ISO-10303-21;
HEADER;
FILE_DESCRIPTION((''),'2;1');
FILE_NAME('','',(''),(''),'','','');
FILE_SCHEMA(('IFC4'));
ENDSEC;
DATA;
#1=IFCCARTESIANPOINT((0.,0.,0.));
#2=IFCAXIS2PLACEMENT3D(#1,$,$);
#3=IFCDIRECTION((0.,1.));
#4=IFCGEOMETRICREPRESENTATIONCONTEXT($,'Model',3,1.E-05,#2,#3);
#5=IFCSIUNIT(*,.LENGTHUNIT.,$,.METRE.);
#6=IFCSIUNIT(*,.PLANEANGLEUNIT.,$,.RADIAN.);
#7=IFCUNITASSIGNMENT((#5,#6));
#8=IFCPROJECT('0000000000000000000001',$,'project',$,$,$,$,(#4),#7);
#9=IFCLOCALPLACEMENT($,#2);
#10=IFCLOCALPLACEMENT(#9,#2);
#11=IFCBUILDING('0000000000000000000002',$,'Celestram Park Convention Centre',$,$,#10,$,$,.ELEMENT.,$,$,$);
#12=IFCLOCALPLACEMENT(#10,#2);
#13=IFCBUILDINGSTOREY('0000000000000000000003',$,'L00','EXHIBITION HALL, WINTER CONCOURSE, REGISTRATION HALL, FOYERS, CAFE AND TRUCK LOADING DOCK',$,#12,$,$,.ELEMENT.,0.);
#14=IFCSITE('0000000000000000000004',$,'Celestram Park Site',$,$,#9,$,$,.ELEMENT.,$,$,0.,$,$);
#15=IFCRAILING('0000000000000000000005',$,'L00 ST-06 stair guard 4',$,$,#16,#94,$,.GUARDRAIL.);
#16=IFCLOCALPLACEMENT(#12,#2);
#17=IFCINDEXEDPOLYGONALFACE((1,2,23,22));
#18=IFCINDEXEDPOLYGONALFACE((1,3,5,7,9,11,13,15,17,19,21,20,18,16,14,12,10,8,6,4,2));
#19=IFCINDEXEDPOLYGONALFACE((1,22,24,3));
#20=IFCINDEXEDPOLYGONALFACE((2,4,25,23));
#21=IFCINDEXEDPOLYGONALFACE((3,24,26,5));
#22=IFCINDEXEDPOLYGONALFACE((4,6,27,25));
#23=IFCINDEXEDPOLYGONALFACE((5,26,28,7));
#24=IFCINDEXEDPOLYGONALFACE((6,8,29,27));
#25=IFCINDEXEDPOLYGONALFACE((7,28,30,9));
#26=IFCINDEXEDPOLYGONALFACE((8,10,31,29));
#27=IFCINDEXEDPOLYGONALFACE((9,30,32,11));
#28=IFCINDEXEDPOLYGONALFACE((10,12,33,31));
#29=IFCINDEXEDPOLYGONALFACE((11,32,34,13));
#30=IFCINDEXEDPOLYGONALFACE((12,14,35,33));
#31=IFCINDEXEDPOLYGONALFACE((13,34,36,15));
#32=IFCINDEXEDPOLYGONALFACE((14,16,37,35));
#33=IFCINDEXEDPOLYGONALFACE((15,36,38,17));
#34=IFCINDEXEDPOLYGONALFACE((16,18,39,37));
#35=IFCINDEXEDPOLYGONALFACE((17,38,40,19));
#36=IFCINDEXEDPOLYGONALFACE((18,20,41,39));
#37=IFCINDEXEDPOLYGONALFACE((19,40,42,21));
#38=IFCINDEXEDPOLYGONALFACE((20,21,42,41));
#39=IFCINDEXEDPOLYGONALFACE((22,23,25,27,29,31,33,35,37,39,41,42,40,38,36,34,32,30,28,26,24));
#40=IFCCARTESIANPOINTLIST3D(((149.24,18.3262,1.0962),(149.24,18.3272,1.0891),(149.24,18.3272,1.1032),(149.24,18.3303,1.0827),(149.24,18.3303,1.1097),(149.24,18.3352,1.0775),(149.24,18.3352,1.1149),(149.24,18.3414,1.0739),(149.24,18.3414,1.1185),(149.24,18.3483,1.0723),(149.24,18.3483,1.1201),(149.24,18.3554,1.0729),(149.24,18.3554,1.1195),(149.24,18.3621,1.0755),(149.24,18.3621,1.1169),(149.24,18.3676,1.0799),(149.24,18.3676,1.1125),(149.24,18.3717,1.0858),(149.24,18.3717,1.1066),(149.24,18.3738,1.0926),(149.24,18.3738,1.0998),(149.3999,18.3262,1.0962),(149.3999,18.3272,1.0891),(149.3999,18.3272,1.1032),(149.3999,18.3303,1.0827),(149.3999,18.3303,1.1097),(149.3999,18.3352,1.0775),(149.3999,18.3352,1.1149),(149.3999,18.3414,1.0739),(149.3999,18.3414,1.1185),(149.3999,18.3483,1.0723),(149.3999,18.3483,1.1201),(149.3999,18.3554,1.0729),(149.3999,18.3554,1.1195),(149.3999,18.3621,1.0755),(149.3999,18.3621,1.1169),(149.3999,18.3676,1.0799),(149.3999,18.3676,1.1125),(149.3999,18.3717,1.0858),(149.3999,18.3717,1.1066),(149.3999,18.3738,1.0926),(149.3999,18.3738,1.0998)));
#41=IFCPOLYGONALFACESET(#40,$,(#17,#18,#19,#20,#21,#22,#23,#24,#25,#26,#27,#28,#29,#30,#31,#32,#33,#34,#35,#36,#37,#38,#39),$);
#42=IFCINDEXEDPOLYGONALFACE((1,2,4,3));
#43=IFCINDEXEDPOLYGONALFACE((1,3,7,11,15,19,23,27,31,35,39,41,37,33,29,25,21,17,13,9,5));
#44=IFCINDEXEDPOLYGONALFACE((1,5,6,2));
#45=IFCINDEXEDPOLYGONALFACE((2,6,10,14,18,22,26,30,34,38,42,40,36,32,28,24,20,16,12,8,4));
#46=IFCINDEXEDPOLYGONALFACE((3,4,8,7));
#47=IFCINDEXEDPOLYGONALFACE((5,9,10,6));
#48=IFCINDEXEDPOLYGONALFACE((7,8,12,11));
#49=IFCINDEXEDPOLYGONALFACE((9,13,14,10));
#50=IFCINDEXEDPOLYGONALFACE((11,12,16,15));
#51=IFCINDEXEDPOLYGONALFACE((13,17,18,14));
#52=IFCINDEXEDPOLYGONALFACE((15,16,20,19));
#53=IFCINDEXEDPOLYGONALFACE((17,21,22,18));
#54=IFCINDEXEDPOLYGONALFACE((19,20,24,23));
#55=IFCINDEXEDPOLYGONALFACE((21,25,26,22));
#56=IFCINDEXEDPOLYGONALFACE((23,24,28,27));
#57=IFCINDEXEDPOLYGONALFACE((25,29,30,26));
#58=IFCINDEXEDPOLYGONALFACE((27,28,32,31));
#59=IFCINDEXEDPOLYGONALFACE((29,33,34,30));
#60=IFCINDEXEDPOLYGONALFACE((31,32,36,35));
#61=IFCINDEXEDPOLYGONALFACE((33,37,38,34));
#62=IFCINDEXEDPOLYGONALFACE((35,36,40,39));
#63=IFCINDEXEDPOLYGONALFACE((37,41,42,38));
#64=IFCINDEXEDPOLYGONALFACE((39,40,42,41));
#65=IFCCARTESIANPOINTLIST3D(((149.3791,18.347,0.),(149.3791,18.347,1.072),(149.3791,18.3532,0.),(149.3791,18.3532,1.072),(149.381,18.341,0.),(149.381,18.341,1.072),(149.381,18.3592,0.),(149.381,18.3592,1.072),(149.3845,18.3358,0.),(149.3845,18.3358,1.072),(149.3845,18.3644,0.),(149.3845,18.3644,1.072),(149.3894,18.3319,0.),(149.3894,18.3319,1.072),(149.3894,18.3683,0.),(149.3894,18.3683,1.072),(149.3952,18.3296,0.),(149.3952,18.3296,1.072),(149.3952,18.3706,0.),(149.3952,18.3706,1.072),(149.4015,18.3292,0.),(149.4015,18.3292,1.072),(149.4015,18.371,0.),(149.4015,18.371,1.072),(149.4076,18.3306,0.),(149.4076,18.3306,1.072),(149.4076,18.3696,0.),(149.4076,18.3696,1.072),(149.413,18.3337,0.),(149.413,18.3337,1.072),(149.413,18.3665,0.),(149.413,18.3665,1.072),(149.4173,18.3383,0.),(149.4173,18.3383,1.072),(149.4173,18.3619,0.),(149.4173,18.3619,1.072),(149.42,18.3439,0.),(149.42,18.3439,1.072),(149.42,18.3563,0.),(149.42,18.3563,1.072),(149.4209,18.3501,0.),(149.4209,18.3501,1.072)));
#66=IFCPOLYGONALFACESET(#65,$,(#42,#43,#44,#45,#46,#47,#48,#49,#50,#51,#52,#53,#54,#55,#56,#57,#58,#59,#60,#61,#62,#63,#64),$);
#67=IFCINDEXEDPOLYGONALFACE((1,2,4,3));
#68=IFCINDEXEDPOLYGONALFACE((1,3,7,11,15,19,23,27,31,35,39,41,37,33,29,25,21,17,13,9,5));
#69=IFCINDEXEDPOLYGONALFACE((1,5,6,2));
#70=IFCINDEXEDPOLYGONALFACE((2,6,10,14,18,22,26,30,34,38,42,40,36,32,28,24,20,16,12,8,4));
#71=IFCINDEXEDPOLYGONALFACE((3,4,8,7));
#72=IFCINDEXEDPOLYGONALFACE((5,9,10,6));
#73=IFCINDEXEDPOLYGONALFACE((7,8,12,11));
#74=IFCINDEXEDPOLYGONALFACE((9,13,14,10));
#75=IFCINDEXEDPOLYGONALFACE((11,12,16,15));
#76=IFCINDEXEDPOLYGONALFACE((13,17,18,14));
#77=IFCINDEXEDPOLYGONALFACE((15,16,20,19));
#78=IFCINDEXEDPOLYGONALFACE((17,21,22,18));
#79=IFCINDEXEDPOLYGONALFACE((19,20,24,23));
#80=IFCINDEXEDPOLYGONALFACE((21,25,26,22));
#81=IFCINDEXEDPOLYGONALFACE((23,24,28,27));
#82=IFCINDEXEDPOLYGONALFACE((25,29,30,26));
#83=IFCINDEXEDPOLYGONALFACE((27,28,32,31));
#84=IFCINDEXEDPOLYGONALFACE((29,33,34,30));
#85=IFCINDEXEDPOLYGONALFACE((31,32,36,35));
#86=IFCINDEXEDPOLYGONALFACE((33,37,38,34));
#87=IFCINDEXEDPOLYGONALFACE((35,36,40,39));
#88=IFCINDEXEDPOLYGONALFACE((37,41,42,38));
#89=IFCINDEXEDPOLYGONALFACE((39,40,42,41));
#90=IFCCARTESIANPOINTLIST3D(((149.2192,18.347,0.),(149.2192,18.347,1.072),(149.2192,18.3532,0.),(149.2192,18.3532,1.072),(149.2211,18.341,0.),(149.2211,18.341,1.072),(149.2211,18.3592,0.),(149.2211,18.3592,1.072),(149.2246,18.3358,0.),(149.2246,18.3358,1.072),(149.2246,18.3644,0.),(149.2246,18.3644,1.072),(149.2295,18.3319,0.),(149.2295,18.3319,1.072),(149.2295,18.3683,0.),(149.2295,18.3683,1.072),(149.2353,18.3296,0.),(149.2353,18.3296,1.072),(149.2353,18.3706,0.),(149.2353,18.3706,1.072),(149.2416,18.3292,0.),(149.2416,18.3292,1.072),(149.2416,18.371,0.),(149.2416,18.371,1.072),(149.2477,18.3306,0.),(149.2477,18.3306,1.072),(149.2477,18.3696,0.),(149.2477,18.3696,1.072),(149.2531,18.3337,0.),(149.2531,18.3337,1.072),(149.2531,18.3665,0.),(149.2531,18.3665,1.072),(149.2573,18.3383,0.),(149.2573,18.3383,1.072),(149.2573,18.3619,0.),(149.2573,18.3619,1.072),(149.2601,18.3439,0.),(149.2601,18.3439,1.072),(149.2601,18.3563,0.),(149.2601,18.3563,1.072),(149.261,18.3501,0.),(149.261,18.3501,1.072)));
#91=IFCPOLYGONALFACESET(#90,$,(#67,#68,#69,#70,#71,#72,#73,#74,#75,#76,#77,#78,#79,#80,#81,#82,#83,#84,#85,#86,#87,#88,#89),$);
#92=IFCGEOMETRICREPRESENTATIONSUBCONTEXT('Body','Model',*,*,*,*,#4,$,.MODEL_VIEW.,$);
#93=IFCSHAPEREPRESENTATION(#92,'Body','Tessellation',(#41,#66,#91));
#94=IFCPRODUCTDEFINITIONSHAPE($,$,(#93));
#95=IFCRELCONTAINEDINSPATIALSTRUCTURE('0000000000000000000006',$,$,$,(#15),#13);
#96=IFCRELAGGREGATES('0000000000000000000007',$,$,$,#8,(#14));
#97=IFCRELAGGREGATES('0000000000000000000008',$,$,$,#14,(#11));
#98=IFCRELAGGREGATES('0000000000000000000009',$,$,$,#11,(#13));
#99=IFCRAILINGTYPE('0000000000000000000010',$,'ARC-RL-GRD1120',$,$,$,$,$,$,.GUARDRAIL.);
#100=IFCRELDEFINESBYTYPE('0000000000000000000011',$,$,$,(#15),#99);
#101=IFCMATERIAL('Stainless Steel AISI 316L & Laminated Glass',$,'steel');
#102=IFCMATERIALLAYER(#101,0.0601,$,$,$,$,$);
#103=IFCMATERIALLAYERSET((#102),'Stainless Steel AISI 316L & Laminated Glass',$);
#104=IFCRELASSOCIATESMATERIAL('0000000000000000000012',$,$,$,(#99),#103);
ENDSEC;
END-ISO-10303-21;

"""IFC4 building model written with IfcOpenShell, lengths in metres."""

from ifc_helpers import new_model, si_unit, direction, frame, origin, origin_2d, place, context, subcontext, project, spatial, circle, extrude, material, layer, layer_set, type_object, element, save


model = new_model("IFC4")

# Units and contexts
model_context = context("Model", 3, precision=1e-05, world=origin(), true_north=direction((0.0, 1.0)))
body_context = subcontext(model_context, "Body", "Model", "MODEL_VIEW")
ifc_project = project(units=[si_unit("LENGTHUNIT", "METRE"), si_unit("PLANEANGLEUNIT", "RADIAN")], contexts=[model_context])

# Site, building, storey
site_placement = place(None, origin())
site = spatial("IfcSite", under=ifc_project, at=site_placement, Name="Celestram Park Site", CompositionType="ELEMENT", RefElevation=0.0)
building_placement = place(site_placement, origin())
building = spatial("IfcBuilding", under=site, at=building_placement, Name="Celestram Park Convention Centre", CompositionType="ELEMENT")
storey_placement = place(building_placement, origin())
storey = spatial("IfcBuildingStorey", under=building, at=storey_placement, Name="L00", Description="EXHIBITION HALL, WINTER CONCOURSE, REGISTRATION HALL, FOYERS, CAFE AND TRUCK LOADING DOCK", CompositionType="ELEMENT", Elevation=0.0)

# Railing
ifc_material_1 = material(Name="Stainless Steel AISI 316L & Laminated Glass", Category="steel")
ifc_layer_1 = layer(ifc_material_1, 0.0601)
ifc_layer_set_1 = layer_set([ifc_layer_1], Name="Stainless Steel AISI 316L & Laminated Glass")
railing_type_1 = type_object("IfcRailingType", Name="ARC-RL-GRD1120", PredefinedType="GUARDRAIL", material=ifc_layer_set_1)
railing_1_placement = place(storey_placement, frame((149.3999, 18.3501, 0.0)))
element("IfcRailing", 1, at=railing_1_placement, inside=storey, type_object=railing_type_1, Name="L00 ST-06 stair guard 4", PredefinedType="GUARDRAIL", context=body_context, shape_type="SweptSolid", body=[
    extrude(circle(Radius=0.0239, at=origin_2d()), frame((0.0, 0.0, 1.0962), z_axis=(-1.0, 0.0, 0.0), x_axis=(0.0, -1.0, 0.0)), (0.0, 0.0, 1.0), 0.1599),
    extrude(circle(Radius=0.021, at=origin_2d()), origin(), (0.0, 0.0, 1.0), 1.072),
    extrude(circle(Radius=0.021, at=origin_2d()), frame((-0.1599, 0.0, 0.0)), (0.0, 0.0, 1.0), 1.072),
])

save(model, "model.ifc")
